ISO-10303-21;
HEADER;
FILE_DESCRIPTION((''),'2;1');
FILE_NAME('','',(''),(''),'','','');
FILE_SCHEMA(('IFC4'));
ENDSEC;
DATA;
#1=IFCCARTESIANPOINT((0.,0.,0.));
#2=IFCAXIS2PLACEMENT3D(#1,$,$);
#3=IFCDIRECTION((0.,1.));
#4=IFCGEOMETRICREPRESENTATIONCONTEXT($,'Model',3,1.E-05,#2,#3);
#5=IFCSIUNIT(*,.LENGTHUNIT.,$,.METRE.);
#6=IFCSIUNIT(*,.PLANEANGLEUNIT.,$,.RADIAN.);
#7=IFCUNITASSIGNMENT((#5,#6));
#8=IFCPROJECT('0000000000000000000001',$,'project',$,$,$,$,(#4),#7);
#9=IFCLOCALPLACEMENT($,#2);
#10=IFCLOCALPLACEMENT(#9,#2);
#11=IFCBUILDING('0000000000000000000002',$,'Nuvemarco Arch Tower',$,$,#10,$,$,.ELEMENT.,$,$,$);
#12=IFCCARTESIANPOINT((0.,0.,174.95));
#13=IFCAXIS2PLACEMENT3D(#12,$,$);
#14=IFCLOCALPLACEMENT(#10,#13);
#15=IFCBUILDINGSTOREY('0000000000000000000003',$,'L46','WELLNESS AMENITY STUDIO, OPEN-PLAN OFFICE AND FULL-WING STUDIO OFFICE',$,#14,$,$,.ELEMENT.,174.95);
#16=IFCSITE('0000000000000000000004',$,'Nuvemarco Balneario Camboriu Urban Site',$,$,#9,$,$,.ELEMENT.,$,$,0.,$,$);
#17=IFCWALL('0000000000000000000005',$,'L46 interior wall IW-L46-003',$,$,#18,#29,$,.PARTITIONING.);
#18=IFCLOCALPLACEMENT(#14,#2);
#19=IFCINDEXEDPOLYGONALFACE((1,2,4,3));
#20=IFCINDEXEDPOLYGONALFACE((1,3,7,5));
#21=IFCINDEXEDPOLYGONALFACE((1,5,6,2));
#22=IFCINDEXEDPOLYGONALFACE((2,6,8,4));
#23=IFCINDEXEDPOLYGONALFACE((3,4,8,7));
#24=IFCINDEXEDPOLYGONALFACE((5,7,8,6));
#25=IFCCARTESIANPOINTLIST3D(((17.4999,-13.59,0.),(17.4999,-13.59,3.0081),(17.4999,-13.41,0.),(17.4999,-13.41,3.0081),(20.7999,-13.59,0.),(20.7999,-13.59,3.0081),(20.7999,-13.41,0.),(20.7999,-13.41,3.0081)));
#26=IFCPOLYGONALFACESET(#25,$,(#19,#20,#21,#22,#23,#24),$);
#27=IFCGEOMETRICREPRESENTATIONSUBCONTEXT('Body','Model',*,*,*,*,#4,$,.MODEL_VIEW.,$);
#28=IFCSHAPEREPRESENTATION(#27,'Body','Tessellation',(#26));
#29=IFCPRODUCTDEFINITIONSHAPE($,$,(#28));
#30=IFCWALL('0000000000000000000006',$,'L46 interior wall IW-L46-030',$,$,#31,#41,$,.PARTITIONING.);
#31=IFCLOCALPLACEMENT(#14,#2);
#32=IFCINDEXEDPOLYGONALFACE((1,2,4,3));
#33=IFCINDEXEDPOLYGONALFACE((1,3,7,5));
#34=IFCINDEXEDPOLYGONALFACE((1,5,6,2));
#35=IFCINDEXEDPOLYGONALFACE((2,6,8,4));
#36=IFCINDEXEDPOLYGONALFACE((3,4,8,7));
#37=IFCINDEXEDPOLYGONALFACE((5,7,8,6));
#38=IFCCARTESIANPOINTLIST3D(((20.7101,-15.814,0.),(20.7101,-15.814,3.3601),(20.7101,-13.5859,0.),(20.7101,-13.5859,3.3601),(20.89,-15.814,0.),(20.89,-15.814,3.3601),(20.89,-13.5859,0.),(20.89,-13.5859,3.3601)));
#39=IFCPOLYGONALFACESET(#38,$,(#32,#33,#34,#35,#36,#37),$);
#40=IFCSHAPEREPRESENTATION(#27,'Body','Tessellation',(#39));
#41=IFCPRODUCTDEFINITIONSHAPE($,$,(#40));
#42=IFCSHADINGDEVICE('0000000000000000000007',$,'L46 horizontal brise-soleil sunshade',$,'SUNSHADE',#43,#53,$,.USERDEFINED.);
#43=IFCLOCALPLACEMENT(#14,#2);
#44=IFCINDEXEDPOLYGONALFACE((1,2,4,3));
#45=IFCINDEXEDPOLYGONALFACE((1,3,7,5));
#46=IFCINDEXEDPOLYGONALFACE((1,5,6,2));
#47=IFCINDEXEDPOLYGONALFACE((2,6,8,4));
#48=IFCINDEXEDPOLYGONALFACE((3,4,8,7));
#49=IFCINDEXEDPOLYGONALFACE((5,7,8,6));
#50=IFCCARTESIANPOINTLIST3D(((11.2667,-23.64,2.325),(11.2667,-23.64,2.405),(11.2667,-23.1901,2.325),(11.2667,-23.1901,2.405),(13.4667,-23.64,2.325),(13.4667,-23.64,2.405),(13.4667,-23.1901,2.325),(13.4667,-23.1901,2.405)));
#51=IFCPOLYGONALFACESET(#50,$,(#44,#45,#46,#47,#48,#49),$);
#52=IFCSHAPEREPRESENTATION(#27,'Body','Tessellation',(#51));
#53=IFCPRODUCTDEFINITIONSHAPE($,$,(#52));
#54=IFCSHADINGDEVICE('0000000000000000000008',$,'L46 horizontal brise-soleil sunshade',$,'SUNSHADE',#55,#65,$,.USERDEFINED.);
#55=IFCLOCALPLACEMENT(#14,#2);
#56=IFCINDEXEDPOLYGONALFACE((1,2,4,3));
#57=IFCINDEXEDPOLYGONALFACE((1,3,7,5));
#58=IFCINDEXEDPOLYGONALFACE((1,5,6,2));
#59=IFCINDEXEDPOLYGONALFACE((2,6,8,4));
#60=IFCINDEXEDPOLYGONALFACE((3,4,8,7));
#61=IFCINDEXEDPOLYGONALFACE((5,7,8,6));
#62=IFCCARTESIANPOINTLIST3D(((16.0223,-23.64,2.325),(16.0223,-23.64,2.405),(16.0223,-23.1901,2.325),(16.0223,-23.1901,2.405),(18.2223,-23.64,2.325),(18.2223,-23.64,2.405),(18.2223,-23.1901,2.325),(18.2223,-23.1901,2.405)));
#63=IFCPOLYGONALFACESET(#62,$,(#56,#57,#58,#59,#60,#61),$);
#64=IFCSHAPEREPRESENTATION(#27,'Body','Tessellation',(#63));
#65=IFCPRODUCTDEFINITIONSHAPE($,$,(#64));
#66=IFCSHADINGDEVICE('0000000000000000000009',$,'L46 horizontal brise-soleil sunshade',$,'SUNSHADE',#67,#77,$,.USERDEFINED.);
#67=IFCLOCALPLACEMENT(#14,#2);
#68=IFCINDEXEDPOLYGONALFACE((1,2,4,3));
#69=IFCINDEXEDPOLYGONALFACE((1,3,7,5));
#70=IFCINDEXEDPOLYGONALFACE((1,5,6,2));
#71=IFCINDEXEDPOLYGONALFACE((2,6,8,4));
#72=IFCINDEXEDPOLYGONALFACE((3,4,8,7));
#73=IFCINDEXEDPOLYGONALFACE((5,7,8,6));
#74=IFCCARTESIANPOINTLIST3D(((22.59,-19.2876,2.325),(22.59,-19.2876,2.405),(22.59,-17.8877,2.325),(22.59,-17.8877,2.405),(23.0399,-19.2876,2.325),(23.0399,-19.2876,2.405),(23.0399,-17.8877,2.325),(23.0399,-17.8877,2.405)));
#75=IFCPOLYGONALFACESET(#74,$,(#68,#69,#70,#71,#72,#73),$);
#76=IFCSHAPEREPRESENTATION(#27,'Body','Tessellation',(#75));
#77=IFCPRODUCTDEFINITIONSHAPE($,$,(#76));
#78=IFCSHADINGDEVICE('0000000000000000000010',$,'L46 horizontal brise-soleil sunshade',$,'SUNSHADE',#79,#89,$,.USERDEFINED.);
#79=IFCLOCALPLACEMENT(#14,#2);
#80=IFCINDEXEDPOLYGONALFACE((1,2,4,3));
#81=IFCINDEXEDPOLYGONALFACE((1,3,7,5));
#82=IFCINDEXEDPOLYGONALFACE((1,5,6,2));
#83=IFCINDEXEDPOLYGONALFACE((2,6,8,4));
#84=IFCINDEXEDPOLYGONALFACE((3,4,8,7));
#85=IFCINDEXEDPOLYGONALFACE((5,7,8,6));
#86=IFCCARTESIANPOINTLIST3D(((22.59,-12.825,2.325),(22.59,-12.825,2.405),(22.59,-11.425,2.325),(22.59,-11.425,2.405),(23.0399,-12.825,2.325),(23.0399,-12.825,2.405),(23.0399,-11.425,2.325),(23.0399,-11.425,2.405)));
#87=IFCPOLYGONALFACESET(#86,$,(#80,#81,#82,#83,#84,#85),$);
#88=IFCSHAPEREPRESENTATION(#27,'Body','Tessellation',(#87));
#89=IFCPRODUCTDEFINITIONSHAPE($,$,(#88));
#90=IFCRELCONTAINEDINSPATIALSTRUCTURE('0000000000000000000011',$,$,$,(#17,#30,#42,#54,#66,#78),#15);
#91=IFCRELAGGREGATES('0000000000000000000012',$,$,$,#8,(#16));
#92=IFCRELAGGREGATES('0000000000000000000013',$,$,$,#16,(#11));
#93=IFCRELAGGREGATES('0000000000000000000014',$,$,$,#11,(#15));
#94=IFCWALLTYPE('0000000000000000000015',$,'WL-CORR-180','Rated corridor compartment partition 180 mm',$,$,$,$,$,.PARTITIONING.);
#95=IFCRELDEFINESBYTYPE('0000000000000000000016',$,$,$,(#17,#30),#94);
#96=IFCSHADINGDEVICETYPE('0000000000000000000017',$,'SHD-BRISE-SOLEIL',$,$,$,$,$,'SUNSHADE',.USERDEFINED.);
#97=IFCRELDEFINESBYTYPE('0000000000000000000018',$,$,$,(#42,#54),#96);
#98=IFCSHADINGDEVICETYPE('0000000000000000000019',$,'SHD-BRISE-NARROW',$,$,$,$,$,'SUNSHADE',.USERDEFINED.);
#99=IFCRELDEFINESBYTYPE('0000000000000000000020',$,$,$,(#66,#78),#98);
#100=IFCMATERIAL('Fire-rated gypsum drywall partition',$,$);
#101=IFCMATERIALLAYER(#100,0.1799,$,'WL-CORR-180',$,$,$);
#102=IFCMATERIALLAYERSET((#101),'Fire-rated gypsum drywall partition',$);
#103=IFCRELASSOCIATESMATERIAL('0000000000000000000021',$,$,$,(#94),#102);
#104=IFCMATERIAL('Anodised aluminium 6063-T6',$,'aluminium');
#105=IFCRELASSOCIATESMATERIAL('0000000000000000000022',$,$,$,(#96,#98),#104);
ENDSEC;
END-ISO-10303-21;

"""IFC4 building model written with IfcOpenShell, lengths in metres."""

from ifc_helpers import new_model, si_unit, direction, frame, frame_2d, origin, origin_2d, place, context, subcontext, project, spatial, rectangle, extrude, source, transform, mapped, material, layer, layer_set, type_object, type_shapes, element, save


model = new_model("IFC4")

# Units and contexts
model_context = context("Model", 3, precision=1e-05, world=origin(), true_north=direction((0.0, 1.0)))
body_context = subcontext(model_context, "Body", "Model", "MODEL_VIEW")
ifc_project = project(units=[si_unit("LENGTHUNIT", "METRE"), si_unit("PLANEANGLEUNIT", "RADIAN")], contexts=[model_context])

# Site, building, storey
site_placement = place(None, origin())
site = spatial("IfcSite", under=ifc_project, at=site_placement, Name="Nuvemarco Balneario Camboriu Urban Site", CompositionType="ELEMENT", RefElevation=0.0)
building_placement = place(site_placement, origin())
building = spatial("IfcBuilding", under=site, at=building_placement, Name="Nuvemarco Arch Tower", CompositionType="ELEMENT")
storey_placement = place(building_placement, frame((0.0, 0.0, 174.95)))
storey = spatial("IfcBuildingStorey", under=building, at=storey_placement, Name="L46", Description="WELLNESS AMENITY STUDIO, OPEN-PLAN OFFICE AND FULL-WING STUDIO OFFICE", CompositionType="ELEMENT", Elevation=174.95)

# Walls
ifc_material_1 = material(Name="Fire-rated gypsum drywall partition")
ifc_layer_1 = layer(ifc_material_1, 0.1799, Name="WL-CORR-180")
ifc_layer_set_1 = layer_set([ifc_layer_1], Name="Fire-rated gypsum drywall partition")
wall_type_1 = type_object("IfcWallType", Name="WL-CORR-180", Description="Rated corridor compartment partition 180 mm", PredefinedType="PARTITIONING", material=ifc_layer_set_1)
wall_1_placement = place(storey_placement, frame((17.5, -13.5, 0.0), z_axis=(0.0, 0.0, 1.0), x_axis=(1.0, 0.0, 0.0)))
element("IfcWall", 1, at=wall_1_placement, inside=storey, type_object=wall_type_1, Name="L46 interior wall IW-L46-003", PredefinedType="PARTITIONING", context=body_context, shape_type="SweptSolid", body=[
    extrude(rectangle(XDim=3.3, YDim=0.1799, at=frame_2d((1.6499, 0.0))), origin(), (0.0, 0.0, 1.0), 3.0081),
])
wall_2_placement = place(storey_placement, frame((20.8, -15.814, 0.0), z_axis=(0.0, 0.0, 1.0), x_axis=(0.0, 1.0, 0.0)))
element("IfcWall", 2, at=wall_2_placement, inside=storey, type_object=wall_type_1, Name="L46 interior wall IW-L46-030", PredefinedType="PARTITIONING", context=body_context, shape_type="SweptSolid", body=[
    extrude(rectangle(XDim=2.228, YDim=0.1799, at=frame_2d((1.114, 0.0))), origin(), (0.0, 0.0, 1.0), 3.3601),
])

# Shading devices
ifc_material_2 = material(Name="Anodised aluminium 6063-T6", Category="aluminium")
shading_device_type_1 = type_object("IfcShadingDeviceType", Name="SHD-BRISE-SOLEIL", ElementType="SUNSHADE", PredefinedType="USERDEFINED", material=ifc_material_2)
shared_shape_1 = source(origin(), body_context, "Body", "SweptSolid", [
    extrude(rectangle(XDim=2.2, YDim=0.45, at=origin_2d()), origin(), (0.0, 0.0, 1.0), 0.0801),
])
type_shapes(shading_device_type_1, [shared_shape_1])
for number, where, z_axis, x_axis, name in (
    (3, (12.3667, -23.415, 2.325), (0.0, 0.0, 1.0), (1.0, 0.0, 0.0), "L46 horizontal brise-soleil sunshade"),
    (4, (17.1223, -23.415, 2.325), (0.0, 0.0, 1.0), (1.0, 0.0, 0.0), "L46 horizontal brise-soleil sunshade"),
):
    element("IfcShadingDevice", number, at=place(storey_placement, frame(where, z_axis=z_axis, x_axis=x_axis)), inside=storey, type_object=shading_device_type_1, Name=name, ObjectType="SUNSHADE", PredefinedType="USERDEFINED", context=body_context, shape_type="MappedRepresentation", body=[
        mapped(shared_shape_1, transform((0.0, 0.0, 0.0), scale=1.0)),
    ])
shading_device_type_2 = type_object("IfcShadingDeviceType", Name="SHD-BRISE-NARROW", ElementType="SUNSHADE", PredefinedType="USERDEFINED", material=ifc_material_2)
shared_shape_2 = source(origin(), body_context, "Body", "SweptSolid", [
    extrude(rectangle(XDim=1.3999, YDim=0.45, at=origin_2d()), origin(), (0.0, 0.0, 1.0), 0.0801),
])
type_shapes(shading_device_type_2, [shared_shape_2])
for number, where, z_axis, x_axis, name in (
    (5, (22.8149, -18.5876, 2.325), (0.0, 0.0, 1.0), (0.0, 1.0, 0.0), "L46 horizontal brise-soleil sunshade"),
    (6, (22.8149, -12.125, 2.325), (0.0, 0.0, 1.0), (0.0, 1.0, 0.0), "L46 horizontal brise-soleil sunshade"),
):
    element("IfcShadingDevice", number, at=place(storey_placement, frame(where, z_axis=z_axis, x_axis=x_axis)), inside=storey, type_object=shading_device_type_2, Name=name, ObjectType="SUNSHADE", PredefinedType="USERDEFINED", context=body_context, shape_type="MappedRepresentation", body=[
        mapped(shared_shape_2, transform((0.0, 0.0, 0.0), scale=1.0)),
    ])

save(model, "model.ifc")
